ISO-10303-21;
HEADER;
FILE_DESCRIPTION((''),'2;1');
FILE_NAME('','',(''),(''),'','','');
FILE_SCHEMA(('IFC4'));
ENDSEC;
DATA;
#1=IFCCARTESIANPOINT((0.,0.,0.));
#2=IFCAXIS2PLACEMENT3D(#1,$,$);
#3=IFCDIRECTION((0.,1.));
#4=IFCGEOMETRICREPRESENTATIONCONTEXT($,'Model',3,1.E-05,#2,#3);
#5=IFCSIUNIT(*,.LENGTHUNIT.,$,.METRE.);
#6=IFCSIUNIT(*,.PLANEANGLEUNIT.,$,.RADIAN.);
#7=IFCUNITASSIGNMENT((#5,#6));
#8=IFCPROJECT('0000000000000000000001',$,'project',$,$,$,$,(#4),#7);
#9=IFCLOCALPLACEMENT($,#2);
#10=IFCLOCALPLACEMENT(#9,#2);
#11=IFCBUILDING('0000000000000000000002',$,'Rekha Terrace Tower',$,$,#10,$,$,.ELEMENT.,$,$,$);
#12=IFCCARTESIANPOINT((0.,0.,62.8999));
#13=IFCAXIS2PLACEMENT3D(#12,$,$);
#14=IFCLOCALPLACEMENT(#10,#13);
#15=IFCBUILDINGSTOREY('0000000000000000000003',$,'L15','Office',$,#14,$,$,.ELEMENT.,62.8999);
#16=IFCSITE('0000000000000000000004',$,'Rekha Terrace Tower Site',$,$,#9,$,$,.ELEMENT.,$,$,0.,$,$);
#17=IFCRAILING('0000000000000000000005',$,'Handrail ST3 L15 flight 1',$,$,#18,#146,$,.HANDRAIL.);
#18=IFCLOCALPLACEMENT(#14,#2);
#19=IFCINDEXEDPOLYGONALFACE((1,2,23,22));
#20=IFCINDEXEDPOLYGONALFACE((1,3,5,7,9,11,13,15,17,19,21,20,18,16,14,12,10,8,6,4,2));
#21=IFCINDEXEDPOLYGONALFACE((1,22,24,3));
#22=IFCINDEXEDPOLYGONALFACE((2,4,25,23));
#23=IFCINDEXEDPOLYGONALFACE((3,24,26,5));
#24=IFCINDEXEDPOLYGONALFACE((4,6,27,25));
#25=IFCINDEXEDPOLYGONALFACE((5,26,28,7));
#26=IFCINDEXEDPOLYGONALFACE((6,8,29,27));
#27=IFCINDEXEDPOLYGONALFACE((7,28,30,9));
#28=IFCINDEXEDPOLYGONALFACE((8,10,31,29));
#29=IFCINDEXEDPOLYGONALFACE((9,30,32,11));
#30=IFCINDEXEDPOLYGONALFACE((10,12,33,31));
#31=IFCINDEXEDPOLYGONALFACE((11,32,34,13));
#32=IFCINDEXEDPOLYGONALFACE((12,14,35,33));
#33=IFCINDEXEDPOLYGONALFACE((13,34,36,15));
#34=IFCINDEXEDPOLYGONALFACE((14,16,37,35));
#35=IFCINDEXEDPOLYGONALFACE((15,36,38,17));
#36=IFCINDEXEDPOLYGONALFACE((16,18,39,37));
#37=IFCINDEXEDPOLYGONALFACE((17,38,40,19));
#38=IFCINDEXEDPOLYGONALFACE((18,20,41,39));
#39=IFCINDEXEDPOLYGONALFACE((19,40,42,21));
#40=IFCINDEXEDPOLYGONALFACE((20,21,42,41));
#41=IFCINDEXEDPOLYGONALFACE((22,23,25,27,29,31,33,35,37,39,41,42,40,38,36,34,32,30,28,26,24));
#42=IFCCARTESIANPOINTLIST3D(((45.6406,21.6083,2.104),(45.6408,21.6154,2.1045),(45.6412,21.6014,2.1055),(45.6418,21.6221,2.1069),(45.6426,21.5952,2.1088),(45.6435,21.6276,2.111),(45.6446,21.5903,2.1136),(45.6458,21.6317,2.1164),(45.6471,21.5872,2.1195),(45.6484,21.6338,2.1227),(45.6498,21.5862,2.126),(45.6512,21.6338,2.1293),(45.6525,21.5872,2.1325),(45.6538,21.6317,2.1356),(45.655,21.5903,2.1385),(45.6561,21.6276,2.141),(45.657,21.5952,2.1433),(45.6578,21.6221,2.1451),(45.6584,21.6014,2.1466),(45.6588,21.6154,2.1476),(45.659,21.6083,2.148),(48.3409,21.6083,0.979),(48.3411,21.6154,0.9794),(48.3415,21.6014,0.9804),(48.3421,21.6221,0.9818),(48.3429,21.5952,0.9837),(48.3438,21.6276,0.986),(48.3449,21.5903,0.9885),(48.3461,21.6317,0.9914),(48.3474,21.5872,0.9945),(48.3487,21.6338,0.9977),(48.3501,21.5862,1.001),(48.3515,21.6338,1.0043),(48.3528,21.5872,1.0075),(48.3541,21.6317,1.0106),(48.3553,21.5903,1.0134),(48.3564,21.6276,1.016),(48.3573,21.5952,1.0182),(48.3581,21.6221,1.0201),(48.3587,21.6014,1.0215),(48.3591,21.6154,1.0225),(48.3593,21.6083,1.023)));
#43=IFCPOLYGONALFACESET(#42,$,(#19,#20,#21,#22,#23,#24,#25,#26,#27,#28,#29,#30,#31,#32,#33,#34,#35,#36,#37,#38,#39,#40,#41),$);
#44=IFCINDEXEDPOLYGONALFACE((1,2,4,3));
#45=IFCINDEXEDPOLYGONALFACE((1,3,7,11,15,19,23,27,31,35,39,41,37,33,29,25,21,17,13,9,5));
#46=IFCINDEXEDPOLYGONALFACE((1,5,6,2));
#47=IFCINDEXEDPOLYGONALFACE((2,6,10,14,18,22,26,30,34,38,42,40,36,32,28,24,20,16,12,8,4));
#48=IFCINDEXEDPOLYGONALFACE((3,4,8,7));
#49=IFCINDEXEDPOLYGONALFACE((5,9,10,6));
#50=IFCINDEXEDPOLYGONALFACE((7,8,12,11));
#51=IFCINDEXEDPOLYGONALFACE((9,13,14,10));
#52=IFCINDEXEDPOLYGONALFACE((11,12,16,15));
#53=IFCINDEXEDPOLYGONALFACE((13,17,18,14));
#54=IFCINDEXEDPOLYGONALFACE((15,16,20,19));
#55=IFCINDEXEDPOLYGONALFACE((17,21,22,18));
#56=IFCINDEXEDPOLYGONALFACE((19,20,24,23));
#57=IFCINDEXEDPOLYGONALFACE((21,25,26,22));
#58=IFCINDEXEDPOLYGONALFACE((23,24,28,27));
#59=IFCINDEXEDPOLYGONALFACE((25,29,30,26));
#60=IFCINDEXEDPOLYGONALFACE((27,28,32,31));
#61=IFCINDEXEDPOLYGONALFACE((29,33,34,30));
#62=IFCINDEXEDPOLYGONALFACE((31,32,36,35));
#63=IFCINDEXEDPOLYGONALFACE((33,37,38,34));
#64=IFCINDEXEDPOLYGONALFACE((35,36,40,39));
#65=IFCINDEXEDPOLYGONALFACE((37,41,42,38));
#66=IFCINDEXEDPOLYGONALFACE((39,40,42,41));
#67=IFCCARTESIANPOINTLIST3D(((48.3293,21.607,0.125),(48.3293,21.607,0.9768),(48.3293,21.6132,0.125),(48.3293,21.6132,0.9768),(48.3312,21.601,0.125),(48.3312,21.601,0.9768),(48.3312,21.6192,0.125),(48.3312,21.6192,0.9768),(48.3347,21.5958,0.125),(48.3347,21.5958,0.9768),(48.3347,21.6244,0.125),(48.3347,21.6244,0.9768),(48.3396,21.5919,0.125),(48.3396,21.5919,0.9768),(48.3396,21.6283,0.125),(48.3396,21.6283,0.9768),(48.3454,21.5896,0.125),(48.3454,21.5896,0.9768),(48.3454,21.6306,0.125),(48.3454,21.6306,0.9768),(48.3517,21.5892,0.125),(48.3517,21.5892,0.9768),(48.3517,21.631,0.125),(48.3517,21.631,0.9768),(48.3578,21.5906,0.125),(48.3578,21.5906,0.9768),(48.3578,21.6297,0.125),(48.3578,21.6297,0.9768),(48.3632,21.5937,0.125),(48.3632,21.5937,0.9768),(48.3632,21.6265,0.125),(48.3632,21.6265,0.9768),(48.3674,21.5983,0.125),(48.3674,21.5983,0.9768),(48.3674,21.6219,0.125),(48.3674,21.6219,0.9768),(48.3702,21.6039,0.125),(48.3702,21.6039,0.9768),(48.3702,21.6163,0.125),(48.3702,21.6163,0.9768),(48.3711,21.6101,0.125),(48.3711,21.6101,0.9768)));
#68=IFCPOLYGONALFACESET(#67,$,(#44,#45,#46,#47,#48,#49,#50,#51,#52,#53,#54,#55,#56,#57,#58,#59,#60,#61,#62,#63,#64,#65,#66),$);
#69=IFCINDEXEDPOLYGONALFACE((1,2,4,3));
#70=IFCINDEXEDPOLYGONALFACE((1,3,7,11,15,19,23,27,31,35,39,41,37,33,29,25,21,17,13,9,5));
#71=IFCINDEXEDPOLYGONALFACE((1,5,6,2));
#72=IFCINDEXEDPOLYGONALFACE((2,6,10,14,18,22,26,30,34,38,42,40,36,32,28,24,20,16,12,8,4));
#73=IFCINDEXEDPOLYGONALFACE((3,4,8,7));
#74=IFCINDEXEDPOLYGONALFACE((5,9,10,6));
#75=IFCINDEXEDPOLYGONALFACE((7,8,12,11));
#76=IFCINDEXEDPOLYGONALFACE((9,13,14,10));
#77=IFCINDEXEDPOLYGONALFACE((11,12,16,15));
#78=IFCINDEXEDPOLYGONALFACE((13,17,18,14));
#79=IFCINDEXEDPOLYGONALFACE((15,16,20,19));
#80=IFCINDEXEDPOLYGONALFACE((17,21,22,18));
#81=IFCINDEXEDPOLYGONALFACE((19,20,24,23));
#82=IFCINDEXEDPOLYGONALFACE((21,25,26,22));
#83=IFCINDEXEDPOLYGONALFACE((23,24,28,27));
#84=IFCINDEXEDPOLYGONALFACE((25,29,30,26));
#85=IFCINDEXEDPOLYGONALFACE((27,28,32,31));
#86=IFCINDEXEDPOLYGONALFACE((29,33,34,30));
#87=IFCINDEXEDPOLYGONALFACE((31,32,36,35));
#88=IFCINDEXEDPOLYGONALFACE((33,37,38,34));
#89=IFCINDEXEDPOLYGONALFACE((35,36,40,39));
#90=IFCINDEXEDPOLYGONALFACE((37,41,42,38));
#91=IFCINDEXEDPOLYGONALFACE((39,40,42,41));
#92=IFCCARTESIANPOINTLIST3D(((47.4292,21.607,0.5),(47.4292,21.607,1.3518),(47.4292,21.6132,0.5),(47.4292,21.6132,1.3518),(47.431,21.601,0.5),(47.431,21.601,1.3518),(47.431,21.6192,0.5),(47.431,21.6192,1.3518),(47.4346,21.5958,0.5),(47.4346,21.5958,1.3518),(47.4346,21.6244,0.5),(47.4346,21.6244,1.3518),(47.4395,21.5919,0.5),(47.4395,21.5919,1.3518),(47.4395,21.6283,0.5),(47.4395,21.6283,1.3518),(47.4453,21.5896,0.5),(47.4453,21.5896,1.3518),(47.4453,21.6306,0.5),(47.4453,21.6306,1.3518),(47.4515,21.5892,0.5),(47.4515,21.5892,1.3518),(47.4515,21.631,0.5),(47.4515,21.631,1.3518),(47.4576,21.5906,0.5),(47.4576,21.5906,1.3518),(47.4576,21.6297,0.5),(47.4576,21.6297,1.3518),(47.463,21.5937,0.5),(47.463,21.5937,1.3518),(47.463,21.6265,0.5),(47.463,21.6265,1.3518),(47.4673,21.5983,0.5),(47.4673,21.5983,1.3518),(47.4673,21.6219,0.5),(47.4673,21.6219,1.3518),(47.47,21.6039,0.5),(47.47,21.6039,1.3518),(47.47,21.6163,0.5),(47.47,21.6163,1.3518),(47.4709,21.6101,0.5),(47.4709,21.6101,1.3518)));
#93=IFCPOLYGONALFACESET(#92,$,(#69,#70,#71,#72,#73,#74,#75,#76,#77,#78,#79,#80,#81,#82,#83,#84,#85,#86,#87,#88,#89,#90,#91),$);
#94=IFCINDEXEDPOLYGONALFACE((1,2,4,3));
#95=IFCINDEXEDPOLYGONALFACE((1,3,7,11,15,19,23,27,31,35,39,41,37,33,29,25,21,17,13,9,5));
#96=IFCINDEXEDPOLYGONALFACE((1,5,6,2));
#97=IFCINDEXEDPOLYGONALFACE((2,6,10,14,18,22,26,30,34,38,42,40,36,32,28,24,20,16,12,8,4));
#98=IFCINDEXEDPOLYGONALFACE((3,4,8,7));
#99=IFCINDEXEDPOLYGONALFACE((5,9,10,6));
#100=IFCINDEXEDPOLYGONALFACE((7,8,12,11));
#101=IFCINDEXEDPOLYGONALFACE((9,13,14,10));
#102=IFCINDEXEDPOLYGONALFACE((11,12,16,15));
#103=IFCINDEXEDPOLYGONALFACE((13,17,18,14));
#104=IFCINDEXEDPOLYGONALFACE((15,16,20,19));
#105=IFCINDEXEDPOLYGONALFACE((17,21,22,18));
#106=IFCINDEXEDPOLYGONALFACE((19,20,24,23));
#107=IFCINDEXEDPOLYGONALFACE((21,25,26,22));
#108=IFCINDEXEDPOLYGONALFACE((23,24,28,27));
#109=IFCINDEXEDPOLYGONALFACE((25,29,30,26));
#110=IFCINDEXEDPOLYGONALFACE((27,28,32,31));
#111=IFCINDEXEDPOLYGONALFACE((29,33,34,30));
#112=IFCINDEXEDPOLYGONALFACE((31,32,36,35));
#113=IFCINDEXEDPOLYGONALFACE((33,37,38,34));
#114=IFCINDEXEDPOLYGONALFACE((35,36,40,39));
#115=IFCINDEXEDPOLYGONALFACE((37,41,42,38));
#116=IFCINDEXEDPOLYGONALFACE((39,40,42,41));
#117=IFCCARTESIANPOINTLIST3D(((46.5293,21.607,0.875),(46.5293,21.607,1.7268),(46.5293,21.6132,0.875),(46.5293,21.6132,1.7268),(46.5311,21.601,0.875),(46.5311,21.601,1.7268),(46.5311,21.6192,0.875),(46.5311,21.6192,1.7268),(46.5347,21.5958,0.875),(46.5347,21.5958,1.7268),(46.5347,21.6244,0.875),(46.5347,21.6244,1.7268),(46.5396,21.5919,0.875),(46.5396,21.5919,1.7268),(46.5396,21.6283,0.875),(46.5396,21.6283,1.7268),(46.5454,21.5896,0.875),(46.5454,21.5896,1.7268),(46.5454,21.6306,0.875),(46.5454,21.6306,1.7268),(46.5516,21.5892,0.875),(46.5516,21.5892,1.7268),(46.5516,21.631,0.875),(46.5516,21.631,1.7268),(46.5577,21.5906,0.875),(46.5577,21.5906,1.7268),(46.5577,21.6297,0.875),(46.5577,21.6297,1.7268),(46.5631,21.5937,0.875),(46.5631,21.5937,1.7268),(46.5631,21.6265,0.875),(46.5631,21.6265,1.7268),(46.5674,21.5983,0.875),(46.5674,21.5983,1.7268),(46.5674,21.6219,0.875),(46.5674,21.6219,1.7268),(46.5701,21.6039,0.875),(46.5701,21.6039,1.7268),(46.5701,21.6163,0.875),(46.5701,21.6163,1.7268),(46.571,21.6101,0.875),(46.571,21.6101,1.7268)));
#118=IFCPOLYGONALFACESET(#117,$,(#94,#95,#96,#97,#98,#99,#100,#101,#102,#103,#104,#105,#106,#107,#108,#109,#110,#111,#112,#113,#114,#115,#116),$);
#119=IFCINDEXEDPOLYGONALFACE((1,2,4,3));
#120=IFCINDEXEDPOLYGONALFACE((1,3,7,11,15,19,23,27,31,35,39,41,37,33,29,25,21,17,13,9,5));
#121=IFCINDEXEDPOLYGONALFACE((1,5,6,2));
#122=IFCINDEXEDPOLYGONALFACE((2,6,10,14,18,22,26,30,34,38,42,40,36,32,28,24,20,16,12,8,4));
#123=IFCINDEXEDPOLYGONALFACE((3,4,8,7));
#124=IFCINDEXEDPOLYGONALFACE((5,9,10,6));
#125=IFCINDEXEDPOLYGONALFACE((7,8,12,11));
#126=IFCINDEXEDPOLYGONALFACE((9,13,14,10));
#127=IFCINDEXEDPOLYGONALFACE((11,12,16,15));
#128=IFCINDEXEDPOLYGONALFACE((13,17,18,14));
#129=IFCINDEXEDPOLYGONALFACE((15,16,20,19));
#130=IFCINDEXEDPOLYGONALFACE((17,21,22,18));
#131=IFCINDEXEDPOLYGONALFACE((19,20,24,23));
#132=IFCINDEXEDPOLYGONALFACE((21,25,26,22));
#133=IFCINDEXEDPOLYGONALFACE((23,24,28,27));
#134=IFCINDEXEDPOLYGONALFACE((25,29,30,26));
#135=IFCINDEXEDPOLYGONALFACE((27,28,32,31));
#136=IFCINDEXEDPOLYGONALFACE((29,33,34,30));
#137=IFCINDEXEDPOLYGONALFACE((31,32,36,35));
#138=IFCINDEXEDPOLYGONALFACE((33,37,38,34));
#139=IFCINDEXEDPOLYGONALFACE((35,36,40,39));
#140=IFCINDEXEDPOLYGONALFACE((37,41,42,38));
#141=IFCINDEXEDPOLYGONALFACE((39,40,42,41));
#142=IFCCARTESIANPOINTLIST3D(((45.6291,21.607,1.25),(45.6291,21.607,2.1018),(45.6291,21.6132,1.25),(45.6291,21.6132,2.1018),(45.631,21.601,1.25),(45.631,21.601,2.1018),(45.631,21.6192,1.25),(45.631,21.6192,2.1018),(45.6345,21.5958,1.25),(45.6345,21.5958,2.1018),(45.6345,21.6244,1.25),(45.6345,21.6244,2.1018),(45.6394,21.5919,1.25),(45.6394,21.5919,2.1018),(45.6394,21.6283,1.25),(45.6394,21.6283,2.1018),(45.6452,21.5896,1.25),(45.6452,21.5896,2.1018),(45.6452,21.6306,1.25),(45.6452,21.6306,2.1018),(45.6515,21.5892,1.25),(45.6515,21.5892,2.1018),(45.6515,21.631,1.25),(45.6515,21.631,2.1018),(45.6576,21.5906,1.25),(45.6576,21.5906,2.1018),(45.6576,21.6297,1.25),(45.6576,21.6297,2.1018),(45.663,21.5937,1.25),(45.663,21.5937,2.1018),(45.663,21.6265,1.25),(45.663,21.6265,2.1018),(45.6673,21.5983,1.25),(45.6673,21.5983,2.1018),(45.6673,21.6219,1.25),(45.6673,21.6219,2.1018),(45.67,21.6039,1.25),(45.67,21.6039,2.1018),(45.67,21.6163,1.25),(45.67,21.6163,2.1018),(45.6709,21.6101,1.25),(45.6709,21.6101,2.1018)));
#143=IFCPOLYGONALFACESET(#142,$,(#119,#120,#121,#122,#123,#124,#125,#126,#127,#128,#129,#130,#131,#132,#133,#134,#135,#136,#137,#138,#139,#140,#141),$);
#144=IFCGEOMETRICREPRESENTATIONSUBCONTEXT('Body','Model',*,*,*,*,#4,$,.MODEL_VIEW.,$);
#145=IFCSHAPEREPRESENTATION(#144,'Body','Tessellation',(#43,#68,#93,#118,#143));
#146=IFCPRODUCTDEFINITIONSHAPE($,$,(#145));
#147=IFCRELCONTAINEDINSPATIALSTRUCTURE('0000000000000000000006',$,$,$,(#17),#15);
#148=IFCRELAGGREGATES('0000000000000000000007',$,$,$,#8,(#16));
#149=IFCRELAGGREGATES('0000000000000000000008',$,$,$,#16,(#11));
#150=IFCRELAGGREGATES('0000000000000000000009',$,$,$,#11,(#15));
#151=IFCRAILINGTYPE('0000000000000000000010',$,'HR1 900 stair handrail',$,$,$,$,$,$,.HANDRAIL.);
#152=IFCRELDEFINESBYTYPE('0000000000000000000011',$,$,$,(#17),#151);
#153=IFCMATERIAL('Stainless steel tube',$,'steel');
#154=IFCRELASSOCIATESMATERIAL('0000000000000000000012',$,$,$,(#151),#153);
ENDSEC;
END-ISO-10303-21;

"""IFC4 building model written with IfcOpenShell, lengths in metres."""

from ifc_helpers import new_model, si_unit, direction, frame, origin, origin_2d, place, context, subcontext, project, spatial, circle, extrude, material, type_object, element, save


model = new_model("IFC4")

# Units and contexts
model_context = context("Model", 3, precision=1e-05, world=origin(), true_north=direction((0.0, 1.0)))
body_context = subcontext(model_context, "Body", "Model", "MODEL_VIEW")
ifc_project = project(units=[si_unit("LENGTHUNIT", "METRE"), si_unit("PLANEANGLEUNIT", "RADIAN")], contexts=[model_context])

# Site, building, storey
site_placement = place(None, origin())
site = spatial("IfcSite", under=ifc_project, at=site_placement, Name="Rekha Terrace Tower Site", CompositionType="ELEMENT", RefElevation=0.0)
building_placement = place(site_placement, origin())
building = spatial("IfcBuilding", under=site, at=building_placement, Name="Rekha Terrace Tower", CompositionType="ELEMENT")
storey_placement = place(building_placement, frame((0.0, 0.0, 62.8999)))
storey = spatial("IfcBuildingStorey", under=building, at=storey_placement, Name="L15", Description="Office", CompositionType="ELEMENT", Elevation=62.8999)

# Railing
ifc_material_1 = material(Name="Stainless steel tube", Category="steel")
railing_type_1 = type_object("IfcRailingType", Name="HR1 900 stair handrail", PredefinedType="HANDRAIL", material=ifc_material_1)
railing_1_placement = place(storey_placement, frame((48.3501, 21.6101, 0.125)))
element("IfcRailing", 1, at=railing_1_placement, inside=storey, type_object=railing_type_1, Name="Handrail ST3 L15 flight 1", PredefinedType="HANDRAIL", context=body_context, shape_type="SweptSolid", body=[
    extrude(circle(Radius=0.0239, at=origin_2d()), frame((0.0, 0.0, 0.876), z_axis=(-0.923087, 0.0, 0.384592), x_axis=(0.0, -1.0, 0.0)), (0.0, 0.0, 1.0), 2.9253),
    extrude(circle(Radius=0.021, at=origin_2d()), origin(), (0.0, 0.0, 1.0), 0.8518),
    extrude(circle(Radius=0.021, at=origin_2d()), frame((-0.9001, 0.0, 0.375)), (0.0, 0.0, 1.0), 0.8518),
    extrude(circle(Radius=0.021, at=origin_2d()), frame((-1.8, 0.0, 0.75)), (0.0, 0.0, 1.0), 0.8518),
    extrude(circle(Radius=0.021, at=origin_2d()), frame((-2.7002, 0.0, 1.125)), (0.0, 0.0, 1.0), 0.8518),
])

save(model, "model.ifc")
